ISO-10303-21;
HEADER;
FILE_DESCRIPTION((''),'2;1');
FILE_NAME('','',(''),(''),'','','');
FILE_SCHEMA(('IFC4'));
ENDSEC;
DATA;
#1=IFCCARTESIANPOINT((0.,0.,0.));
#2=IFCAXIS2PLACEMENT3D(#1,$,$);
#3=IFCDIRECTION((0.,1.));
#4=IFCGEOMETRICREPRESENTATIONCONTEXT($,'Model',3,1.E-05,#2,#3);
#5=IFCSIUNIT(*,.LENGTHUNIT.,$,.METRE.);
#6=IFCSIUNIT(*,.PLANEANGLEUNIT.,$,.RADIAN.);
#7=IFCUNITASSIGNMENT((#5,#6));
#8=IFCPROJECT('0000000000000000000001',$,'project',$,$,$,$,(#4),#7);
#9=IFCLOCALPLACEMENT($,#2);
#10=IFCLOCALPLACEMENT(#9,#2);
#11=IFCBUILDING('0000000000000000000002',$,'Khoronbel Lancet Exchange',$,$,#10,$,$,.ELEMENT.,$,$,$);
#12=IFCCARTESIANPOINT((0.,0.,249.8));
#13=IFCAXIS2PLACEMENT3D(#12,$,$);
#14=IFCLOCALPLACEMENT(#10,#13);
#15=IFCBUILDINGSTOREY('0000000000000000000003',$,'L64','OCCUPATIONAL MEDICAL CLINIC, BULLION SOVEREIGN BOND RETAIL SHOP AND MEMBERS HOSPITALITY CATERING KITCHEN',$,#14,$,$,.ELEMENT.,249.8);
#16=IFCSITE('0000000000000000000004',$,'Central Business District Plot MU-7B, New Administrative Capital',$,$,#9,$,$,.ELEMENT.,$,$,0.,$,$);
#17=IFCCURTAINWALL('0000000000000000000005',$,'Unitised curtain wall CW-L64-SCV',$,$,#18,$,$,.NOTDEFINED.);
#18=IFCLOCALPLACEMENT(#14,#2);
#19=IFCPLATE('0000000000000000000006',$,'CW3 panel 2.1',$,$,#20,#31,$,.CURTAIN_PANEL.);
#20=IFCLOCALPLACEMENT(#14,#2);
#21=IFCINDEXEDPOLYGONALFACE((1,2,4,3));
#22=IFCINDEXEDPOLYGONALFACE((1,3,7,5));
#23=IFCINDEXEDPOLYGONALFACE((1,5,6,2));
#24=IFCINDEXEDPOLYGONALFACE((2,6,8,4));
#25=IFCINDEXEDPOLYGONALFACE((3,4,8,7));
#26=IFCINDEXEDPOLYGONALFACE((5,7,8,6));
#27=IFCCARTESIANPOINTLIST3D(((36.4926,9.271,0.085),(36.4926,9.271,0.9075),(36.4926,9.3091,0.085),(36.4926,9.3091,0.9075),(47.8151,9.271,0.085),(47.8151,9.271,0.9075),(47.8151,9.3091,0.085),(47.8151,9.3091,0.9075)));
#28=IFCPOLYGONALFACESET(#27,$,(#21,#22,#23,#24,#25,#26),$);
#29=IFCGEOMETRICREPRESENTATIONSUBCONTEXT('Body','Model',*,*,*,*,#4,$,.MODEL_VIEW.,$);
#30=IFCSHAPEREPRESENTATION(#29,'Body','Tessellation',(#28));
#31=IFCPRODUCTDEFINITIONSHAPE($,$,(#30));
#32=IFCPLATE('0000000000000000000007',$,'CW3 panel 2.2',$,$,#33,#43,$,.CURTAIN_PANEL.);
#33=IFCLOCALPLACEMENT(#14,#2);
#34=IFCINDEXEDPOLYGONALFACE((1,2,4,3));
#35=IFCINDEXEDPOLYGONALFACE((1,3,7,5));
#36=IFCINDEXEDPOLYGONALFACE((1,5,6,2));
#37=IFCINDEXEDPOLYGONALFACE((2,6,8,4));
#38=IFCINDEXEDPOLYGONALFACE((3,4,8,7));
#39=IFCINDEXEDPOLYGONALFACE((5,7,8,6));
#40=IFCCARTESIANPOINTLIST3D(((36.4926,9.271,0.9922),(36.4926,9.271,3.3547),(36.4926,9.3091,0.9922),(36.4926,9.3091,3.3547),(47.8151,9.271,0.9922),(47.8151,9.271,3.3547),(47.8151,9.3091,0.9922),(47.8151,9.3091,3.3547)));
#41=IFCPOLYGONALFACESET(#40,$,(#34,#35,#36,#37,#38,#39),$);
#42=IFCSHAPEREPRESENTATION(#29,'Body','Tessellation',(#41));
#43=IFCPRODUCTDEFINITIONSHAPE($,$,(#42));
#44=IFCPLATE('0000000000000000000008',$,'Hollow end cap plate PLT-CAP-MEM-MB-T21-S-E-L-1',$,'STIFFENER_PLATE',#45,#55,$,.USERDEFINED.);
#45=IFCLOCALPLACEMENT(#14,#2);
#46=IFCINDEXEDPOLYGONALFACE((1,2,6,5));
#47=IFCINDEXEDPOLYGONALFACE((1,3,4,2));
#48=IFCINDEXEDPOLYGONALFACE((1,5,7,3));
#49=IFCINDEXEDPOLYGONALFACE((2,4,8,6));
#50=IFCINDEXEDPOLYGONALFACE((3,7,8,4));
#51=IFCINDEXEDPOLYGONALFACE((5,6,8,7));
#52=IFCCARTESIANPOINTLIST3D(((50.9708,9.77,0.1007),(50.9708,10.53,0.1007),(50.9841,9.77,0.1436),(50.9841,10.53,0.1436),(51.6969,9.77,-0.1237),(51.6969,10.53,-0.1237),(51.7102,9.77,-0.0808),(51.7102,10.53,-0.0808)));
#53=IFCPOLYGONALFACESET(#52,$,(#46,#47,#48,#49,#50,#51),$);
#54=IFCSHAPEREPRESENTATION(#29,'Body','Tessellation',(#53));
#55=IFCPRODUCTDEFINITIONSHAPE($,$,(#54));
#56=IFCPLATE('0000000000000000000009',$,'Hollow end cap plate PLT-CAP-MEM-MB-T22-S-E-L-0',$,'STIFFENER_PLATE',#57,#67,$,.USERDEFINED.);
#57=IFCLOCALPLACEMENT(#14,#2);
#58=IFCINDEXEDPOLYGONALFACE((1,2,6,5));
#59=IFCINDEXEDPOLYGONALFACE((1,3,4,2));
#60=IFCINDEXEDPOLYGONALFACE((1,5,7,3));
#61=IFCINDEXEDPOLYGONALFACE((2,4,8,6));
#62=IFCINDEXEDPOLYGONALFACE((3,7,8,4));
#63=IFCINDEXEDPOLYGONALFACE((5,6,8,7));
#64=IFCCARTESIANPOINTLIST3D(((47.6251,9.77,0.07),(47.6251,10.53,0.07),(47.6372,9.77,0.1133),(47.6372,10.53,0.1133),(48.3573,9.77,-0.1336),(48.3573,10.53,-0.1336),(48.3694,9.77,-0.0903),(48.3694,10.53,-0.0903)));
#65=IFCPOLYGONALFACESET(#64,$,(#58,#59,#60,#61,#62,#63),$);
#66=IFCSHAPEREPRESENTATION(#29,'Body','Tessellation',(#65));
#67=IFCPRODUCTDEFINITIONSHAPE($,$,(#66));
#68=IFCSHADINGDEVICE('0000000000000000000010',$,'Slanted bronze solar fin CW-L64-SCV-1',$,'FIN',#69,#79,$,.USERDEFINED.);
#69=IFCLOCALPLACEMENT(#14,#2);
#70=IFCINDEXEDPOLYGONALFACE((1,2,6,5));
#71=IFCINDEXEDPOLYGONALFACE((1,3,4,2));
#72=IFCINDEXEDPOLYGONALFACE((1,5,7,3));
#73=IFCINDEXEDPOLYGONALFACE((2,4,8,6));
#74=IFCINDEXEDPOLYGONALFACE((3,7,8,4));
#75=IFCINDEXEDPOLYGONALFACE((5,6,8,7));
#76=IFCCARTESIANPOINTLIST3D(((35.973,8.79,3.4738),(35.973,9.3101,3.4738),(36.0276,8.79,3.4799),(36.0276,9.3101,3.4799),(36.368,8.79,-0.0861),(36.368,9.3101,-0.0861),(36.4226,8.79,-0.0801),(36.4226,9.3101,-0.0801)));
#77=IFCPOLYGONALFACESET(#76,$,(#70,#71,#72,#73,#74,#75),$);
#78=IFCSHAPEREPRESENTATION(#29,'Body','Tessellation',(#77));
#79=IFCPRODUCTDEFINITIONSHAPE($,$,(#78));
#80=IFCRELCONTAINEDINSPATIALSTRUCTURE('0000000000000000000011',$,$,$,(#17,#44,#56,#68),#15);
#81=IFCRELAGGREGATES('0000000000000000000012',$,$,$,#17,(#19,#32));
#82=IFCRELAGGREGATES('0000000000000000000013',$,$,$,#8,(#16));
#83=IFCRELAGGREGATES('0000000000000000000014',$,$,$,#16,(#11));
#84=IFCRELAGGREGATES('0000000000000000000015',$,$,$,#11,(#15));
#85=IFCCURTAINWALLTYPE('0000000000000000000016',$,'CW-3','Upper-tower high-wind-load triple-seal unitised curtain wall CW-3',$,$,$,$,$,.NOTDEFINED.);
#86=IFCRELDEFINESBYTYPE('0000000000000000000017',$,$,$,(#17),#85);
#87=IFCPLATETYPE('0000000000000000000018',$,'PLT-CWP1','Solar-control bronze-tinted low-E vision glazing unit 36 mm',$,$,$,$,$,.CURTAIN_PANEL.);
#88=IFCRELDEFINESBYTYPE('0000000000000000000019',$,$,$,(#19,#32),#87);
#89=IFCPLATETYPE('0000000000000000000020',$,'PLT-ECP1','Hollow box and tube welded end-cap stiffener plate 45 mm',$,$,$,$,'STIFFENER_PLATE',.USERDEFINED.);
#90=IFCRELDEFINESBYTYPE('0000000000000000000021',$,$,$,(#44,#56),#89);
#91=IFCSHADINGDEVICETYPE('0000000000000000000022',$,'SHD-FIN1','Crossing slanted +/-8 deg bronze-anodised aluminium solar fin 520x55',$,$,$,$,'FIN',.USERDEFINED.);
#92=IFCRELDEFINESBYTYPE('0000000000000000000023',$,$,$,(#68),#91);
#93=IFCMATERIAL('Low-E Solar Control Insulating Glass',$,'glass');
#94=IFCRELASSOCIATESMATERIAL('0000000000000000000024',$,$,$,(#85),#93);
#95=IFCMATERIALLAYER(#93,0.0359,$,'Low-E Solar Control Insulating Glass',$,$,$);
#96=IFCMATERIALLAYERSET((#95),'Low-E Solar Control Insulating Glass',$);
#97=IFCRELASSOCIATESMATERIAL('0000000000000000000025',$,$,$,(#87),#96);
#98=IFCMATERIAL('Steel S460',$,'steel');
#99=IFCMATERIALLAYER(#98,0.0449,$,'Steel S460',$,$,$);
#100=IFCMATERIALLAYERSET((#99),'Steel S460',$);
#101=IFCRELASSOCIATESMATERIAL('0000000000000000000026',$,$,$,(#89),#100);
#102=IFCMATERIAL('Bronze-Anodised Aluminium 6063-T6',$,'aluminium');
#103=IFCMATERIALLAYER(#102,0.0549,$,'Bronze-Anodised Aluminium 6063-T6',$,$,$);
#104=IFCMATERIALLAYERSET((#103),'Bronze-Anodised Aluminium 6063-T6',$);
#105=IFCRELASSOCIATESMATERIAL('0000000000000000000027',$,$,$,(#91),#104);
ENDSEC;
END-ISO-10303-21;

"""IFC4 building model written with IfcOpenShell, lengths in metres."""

from ifc_helpers import new_model, si_unit, direction, frame, origin, origin_2d, place, context, subcontext, project, spatial, polyline, rectangle, outline, extrude, material, layer, layer_set, type_object, element, aggregate, save


model = new_model("IFC4")

# Units and contexts
model_context = context("Model", 3, precision=1e-05, world=origin(), true_north=direction((0.0, 1.0)))
body_context = subcontext(model_context, "Body", "Model", "MODEL_VIEW")
ifc_project = project(units=[si_unit("LENGTHUNIT", "METRE"), si_unit("PLANEANGLEUNIT", "RADIAN")], contexts=[model_context])

# Site, building, storey
site_placement = place(None, origin())
site = spatial("IfcSite", under=ifc_project, at=site_placement, Name="Central Business District Plot MU-7B, New Administrative Capital", CompositionType="ELEMENT", RefElevation=0.0)
building_placement = place(site_placement, origin())
building = spatial("IfcBuilding", under=site, at=building_placement, Name="Khoronbel Lancet Exchange", CompositionType="ELEMENT")
storey_placement = place(building_placement, frame((0.0, 0.0, 249.8)))
storey = spatial("IfcBuildingStorey", under=building, at=storey_placement, Name="L64", Description="OCCUPATIONAL MEDICAL CLINIC, BULLION SOVEREIGN BOND RETAIL SHOP AND MEMBERS HOSPITALITY CATERING KITCHEN", CompositionType="ELEMENT", Elevation=249.8)

# Shared definitions
ifc_material_1 = material(Name="Steel S460", Category="steel")

# Curtain wall
ifc_material_2 = material(Name="Low-E Solar Control Insulating Glass", Category="glass")
curtain_wall_type = type_object("IfcCurtainWallType", Name="CW-3", Description="Upper-tower high-wind-load triple-seal unitised curtain wall CW-3", PredefinedType="NOTDEFINED", material=ifc_material_2)
curtain_wall_1_placement = place(storey_placement, origin())
curtain_wall_1 = element("IfcCurtainWall", 1, at=curtain_wall_1_placement, inside=storey, type_object=curtain_wall_type, Name="Unitised curtain wall CW-L64-SCV", PredefinedType="NOTDEFINED")
ifc_material_3 = material(Name="Bronze-Anodised Aluminium 6063-T6", Category="aluminium")

# Plates
ifc_layer_1 = layer(ifc_material_2, 0.0359, Name="Low-E Solar Control Insulating Glass")
ifc_layer_set_1 = layer_set([ifc_layer_1], Name="Low-E Solar Control Insulating Glass")
plate_type_1 = type_object("IfcPlateType", Name="PLT-CWP1", Description="Solar-control bronze-tinted low-E vision glazing unit 36 mm", PredefinedType="CURTAIN_PANEL", material=ifc_layer_set_1)
plate_1_placement = place(storey_placement, frame((42.1538, 9.29, 0.085), z_axis=(0.0, 0.0, 1.0), x_axis=(1.0, 0.0, 0.0)))
plate_1 = element("IfcPlate", 2, at=plate_1_placement, type_object=plate_type_1, Name="CW3 panel 2.1", PredefinedType="CURTAIN_PANEL", context=body_context, shape_type="SweptSolid", body=[
    extrude(rectangle(XDim=11.3225, YDim=0.0381, at=origin_2d()), origin(), (0.0, 0.0, 1.0), 0.8225),
])
plate_2_placement = place(storey_placement, frame((42.1538, 9.29, 0.9922), z_axis=(0.0, 0.0, 1.0), x_axis=(1.0, 0.0, 0.0)))
plate_2 = element("IfcPlate", 3, at=plate_2_placement, type_object=plate_type_1, Name="CW3 panel 2.2", PredefinedType="CURTAIN_PANEL", context=body_context, shape_type="SweptSolid", body=[
    extrude(rectangle(XDim=11.3225, YDim=0.0381, at=origin_2d()), origin(), (0.0, 0.0, 1.0), 2.3625),
])
aggregate(curtain_wall_1, [plate_1, plate_2])

# Plates
ifc_layer_2 = layer(ifc_material_1, 0.0449, Name="Steel S460")
ifc_layer_set_2 = layer_set([ifc_layer_2], Name="Steel S460")
plate_type_2 = type_object("IfcPlateType", Name="PLT-ECP1", Description="Hollow box and tube welded end-cap stiffener plate 45 mm", ElementType="STIFFENER_PLATE", PredefinedType="USERDEFINED", material=ifc_layer_set_2)
for number, where, z_axis, x_axis, name in (
    (4, (51.7102, 9.77, -0.0808), (0.295237, 0.0, 0.955424), (0.0, 1.0, 0.0), "Hollow end cap plate PLT-CAP-MEM-MB-T21-S-E-L-1"),
    (5, (48.3694, 9.77, -0.0903), (0.267926, 0.0, 0.96344), (0.0, 1.0, 0.0), "Hollow end cap plate PLT-CAP-MEM-MB-T22-S-E-L-0"),
):
    element("IfcPlate", number, at=place(storey_placement, frame(where, z_axis=z_axis, x_axis=x_axis)), inside=storey, type_object=plate_type_2, Name=name, ObjectType="STIFFENER_PLATE", PredefinedType="USERDEFINED", context=body_context, shape_type="SweptSolid", body=[
        extrude(outline(polyline([(0.0, 0.0), (0.76, 0.0), (0.76, 0.76), (0.0, 0.76), (0.0, 0.0)])), origin(), (0.0, 0.0, -1.0), 0.0449),
    ])

# Shading device
ifc_layer_3 = layer(ifc_material_3, 0.0549, Name="Bronze-Anodised Aluminium 6063-T6")
ifc_layer_set_3 = layer_set([ifc_layer_3], Name="Bronze-Anodised Aluminium 6063-T6")
shading_device_type = type_object("IfcShadingDeviceType", Name="SHD-FIN1", Description="Crossing slanted +/-8 deg bronze-anodised aluminium solar fin 520x55", ElementType="FIN", PredefinedType="USERDEFINED", material=ifc_layer_set_3)
shading_device_placement = place(storey_placement, frame((36.4226, 9.3101, -0.0801), z_axis=(0.9939, 0.0, 0.110282), x_axis=(0.0, -1.0, 0.0)))
element("IfcShadingDevice", 6, at=shading_device_placement, inside=storey, type_object=shading_device_type, Name="Slanted bronze solar fin CW-L64-SCV-1", ObjectType="FIN", PredefinedType="USERDEFINED", context=body_context, shape_type="SweptSolid", body=[
    extrude(outline(polyline([(0.0, 0.0), (0.52, 0.0), (0.52, -3.5818), (0.0, -3.5818), (0.0, 0.0)])), origin(), (0.0, 0.0, -1.0), 0.0549),
])

save(model, "model.ifc")
